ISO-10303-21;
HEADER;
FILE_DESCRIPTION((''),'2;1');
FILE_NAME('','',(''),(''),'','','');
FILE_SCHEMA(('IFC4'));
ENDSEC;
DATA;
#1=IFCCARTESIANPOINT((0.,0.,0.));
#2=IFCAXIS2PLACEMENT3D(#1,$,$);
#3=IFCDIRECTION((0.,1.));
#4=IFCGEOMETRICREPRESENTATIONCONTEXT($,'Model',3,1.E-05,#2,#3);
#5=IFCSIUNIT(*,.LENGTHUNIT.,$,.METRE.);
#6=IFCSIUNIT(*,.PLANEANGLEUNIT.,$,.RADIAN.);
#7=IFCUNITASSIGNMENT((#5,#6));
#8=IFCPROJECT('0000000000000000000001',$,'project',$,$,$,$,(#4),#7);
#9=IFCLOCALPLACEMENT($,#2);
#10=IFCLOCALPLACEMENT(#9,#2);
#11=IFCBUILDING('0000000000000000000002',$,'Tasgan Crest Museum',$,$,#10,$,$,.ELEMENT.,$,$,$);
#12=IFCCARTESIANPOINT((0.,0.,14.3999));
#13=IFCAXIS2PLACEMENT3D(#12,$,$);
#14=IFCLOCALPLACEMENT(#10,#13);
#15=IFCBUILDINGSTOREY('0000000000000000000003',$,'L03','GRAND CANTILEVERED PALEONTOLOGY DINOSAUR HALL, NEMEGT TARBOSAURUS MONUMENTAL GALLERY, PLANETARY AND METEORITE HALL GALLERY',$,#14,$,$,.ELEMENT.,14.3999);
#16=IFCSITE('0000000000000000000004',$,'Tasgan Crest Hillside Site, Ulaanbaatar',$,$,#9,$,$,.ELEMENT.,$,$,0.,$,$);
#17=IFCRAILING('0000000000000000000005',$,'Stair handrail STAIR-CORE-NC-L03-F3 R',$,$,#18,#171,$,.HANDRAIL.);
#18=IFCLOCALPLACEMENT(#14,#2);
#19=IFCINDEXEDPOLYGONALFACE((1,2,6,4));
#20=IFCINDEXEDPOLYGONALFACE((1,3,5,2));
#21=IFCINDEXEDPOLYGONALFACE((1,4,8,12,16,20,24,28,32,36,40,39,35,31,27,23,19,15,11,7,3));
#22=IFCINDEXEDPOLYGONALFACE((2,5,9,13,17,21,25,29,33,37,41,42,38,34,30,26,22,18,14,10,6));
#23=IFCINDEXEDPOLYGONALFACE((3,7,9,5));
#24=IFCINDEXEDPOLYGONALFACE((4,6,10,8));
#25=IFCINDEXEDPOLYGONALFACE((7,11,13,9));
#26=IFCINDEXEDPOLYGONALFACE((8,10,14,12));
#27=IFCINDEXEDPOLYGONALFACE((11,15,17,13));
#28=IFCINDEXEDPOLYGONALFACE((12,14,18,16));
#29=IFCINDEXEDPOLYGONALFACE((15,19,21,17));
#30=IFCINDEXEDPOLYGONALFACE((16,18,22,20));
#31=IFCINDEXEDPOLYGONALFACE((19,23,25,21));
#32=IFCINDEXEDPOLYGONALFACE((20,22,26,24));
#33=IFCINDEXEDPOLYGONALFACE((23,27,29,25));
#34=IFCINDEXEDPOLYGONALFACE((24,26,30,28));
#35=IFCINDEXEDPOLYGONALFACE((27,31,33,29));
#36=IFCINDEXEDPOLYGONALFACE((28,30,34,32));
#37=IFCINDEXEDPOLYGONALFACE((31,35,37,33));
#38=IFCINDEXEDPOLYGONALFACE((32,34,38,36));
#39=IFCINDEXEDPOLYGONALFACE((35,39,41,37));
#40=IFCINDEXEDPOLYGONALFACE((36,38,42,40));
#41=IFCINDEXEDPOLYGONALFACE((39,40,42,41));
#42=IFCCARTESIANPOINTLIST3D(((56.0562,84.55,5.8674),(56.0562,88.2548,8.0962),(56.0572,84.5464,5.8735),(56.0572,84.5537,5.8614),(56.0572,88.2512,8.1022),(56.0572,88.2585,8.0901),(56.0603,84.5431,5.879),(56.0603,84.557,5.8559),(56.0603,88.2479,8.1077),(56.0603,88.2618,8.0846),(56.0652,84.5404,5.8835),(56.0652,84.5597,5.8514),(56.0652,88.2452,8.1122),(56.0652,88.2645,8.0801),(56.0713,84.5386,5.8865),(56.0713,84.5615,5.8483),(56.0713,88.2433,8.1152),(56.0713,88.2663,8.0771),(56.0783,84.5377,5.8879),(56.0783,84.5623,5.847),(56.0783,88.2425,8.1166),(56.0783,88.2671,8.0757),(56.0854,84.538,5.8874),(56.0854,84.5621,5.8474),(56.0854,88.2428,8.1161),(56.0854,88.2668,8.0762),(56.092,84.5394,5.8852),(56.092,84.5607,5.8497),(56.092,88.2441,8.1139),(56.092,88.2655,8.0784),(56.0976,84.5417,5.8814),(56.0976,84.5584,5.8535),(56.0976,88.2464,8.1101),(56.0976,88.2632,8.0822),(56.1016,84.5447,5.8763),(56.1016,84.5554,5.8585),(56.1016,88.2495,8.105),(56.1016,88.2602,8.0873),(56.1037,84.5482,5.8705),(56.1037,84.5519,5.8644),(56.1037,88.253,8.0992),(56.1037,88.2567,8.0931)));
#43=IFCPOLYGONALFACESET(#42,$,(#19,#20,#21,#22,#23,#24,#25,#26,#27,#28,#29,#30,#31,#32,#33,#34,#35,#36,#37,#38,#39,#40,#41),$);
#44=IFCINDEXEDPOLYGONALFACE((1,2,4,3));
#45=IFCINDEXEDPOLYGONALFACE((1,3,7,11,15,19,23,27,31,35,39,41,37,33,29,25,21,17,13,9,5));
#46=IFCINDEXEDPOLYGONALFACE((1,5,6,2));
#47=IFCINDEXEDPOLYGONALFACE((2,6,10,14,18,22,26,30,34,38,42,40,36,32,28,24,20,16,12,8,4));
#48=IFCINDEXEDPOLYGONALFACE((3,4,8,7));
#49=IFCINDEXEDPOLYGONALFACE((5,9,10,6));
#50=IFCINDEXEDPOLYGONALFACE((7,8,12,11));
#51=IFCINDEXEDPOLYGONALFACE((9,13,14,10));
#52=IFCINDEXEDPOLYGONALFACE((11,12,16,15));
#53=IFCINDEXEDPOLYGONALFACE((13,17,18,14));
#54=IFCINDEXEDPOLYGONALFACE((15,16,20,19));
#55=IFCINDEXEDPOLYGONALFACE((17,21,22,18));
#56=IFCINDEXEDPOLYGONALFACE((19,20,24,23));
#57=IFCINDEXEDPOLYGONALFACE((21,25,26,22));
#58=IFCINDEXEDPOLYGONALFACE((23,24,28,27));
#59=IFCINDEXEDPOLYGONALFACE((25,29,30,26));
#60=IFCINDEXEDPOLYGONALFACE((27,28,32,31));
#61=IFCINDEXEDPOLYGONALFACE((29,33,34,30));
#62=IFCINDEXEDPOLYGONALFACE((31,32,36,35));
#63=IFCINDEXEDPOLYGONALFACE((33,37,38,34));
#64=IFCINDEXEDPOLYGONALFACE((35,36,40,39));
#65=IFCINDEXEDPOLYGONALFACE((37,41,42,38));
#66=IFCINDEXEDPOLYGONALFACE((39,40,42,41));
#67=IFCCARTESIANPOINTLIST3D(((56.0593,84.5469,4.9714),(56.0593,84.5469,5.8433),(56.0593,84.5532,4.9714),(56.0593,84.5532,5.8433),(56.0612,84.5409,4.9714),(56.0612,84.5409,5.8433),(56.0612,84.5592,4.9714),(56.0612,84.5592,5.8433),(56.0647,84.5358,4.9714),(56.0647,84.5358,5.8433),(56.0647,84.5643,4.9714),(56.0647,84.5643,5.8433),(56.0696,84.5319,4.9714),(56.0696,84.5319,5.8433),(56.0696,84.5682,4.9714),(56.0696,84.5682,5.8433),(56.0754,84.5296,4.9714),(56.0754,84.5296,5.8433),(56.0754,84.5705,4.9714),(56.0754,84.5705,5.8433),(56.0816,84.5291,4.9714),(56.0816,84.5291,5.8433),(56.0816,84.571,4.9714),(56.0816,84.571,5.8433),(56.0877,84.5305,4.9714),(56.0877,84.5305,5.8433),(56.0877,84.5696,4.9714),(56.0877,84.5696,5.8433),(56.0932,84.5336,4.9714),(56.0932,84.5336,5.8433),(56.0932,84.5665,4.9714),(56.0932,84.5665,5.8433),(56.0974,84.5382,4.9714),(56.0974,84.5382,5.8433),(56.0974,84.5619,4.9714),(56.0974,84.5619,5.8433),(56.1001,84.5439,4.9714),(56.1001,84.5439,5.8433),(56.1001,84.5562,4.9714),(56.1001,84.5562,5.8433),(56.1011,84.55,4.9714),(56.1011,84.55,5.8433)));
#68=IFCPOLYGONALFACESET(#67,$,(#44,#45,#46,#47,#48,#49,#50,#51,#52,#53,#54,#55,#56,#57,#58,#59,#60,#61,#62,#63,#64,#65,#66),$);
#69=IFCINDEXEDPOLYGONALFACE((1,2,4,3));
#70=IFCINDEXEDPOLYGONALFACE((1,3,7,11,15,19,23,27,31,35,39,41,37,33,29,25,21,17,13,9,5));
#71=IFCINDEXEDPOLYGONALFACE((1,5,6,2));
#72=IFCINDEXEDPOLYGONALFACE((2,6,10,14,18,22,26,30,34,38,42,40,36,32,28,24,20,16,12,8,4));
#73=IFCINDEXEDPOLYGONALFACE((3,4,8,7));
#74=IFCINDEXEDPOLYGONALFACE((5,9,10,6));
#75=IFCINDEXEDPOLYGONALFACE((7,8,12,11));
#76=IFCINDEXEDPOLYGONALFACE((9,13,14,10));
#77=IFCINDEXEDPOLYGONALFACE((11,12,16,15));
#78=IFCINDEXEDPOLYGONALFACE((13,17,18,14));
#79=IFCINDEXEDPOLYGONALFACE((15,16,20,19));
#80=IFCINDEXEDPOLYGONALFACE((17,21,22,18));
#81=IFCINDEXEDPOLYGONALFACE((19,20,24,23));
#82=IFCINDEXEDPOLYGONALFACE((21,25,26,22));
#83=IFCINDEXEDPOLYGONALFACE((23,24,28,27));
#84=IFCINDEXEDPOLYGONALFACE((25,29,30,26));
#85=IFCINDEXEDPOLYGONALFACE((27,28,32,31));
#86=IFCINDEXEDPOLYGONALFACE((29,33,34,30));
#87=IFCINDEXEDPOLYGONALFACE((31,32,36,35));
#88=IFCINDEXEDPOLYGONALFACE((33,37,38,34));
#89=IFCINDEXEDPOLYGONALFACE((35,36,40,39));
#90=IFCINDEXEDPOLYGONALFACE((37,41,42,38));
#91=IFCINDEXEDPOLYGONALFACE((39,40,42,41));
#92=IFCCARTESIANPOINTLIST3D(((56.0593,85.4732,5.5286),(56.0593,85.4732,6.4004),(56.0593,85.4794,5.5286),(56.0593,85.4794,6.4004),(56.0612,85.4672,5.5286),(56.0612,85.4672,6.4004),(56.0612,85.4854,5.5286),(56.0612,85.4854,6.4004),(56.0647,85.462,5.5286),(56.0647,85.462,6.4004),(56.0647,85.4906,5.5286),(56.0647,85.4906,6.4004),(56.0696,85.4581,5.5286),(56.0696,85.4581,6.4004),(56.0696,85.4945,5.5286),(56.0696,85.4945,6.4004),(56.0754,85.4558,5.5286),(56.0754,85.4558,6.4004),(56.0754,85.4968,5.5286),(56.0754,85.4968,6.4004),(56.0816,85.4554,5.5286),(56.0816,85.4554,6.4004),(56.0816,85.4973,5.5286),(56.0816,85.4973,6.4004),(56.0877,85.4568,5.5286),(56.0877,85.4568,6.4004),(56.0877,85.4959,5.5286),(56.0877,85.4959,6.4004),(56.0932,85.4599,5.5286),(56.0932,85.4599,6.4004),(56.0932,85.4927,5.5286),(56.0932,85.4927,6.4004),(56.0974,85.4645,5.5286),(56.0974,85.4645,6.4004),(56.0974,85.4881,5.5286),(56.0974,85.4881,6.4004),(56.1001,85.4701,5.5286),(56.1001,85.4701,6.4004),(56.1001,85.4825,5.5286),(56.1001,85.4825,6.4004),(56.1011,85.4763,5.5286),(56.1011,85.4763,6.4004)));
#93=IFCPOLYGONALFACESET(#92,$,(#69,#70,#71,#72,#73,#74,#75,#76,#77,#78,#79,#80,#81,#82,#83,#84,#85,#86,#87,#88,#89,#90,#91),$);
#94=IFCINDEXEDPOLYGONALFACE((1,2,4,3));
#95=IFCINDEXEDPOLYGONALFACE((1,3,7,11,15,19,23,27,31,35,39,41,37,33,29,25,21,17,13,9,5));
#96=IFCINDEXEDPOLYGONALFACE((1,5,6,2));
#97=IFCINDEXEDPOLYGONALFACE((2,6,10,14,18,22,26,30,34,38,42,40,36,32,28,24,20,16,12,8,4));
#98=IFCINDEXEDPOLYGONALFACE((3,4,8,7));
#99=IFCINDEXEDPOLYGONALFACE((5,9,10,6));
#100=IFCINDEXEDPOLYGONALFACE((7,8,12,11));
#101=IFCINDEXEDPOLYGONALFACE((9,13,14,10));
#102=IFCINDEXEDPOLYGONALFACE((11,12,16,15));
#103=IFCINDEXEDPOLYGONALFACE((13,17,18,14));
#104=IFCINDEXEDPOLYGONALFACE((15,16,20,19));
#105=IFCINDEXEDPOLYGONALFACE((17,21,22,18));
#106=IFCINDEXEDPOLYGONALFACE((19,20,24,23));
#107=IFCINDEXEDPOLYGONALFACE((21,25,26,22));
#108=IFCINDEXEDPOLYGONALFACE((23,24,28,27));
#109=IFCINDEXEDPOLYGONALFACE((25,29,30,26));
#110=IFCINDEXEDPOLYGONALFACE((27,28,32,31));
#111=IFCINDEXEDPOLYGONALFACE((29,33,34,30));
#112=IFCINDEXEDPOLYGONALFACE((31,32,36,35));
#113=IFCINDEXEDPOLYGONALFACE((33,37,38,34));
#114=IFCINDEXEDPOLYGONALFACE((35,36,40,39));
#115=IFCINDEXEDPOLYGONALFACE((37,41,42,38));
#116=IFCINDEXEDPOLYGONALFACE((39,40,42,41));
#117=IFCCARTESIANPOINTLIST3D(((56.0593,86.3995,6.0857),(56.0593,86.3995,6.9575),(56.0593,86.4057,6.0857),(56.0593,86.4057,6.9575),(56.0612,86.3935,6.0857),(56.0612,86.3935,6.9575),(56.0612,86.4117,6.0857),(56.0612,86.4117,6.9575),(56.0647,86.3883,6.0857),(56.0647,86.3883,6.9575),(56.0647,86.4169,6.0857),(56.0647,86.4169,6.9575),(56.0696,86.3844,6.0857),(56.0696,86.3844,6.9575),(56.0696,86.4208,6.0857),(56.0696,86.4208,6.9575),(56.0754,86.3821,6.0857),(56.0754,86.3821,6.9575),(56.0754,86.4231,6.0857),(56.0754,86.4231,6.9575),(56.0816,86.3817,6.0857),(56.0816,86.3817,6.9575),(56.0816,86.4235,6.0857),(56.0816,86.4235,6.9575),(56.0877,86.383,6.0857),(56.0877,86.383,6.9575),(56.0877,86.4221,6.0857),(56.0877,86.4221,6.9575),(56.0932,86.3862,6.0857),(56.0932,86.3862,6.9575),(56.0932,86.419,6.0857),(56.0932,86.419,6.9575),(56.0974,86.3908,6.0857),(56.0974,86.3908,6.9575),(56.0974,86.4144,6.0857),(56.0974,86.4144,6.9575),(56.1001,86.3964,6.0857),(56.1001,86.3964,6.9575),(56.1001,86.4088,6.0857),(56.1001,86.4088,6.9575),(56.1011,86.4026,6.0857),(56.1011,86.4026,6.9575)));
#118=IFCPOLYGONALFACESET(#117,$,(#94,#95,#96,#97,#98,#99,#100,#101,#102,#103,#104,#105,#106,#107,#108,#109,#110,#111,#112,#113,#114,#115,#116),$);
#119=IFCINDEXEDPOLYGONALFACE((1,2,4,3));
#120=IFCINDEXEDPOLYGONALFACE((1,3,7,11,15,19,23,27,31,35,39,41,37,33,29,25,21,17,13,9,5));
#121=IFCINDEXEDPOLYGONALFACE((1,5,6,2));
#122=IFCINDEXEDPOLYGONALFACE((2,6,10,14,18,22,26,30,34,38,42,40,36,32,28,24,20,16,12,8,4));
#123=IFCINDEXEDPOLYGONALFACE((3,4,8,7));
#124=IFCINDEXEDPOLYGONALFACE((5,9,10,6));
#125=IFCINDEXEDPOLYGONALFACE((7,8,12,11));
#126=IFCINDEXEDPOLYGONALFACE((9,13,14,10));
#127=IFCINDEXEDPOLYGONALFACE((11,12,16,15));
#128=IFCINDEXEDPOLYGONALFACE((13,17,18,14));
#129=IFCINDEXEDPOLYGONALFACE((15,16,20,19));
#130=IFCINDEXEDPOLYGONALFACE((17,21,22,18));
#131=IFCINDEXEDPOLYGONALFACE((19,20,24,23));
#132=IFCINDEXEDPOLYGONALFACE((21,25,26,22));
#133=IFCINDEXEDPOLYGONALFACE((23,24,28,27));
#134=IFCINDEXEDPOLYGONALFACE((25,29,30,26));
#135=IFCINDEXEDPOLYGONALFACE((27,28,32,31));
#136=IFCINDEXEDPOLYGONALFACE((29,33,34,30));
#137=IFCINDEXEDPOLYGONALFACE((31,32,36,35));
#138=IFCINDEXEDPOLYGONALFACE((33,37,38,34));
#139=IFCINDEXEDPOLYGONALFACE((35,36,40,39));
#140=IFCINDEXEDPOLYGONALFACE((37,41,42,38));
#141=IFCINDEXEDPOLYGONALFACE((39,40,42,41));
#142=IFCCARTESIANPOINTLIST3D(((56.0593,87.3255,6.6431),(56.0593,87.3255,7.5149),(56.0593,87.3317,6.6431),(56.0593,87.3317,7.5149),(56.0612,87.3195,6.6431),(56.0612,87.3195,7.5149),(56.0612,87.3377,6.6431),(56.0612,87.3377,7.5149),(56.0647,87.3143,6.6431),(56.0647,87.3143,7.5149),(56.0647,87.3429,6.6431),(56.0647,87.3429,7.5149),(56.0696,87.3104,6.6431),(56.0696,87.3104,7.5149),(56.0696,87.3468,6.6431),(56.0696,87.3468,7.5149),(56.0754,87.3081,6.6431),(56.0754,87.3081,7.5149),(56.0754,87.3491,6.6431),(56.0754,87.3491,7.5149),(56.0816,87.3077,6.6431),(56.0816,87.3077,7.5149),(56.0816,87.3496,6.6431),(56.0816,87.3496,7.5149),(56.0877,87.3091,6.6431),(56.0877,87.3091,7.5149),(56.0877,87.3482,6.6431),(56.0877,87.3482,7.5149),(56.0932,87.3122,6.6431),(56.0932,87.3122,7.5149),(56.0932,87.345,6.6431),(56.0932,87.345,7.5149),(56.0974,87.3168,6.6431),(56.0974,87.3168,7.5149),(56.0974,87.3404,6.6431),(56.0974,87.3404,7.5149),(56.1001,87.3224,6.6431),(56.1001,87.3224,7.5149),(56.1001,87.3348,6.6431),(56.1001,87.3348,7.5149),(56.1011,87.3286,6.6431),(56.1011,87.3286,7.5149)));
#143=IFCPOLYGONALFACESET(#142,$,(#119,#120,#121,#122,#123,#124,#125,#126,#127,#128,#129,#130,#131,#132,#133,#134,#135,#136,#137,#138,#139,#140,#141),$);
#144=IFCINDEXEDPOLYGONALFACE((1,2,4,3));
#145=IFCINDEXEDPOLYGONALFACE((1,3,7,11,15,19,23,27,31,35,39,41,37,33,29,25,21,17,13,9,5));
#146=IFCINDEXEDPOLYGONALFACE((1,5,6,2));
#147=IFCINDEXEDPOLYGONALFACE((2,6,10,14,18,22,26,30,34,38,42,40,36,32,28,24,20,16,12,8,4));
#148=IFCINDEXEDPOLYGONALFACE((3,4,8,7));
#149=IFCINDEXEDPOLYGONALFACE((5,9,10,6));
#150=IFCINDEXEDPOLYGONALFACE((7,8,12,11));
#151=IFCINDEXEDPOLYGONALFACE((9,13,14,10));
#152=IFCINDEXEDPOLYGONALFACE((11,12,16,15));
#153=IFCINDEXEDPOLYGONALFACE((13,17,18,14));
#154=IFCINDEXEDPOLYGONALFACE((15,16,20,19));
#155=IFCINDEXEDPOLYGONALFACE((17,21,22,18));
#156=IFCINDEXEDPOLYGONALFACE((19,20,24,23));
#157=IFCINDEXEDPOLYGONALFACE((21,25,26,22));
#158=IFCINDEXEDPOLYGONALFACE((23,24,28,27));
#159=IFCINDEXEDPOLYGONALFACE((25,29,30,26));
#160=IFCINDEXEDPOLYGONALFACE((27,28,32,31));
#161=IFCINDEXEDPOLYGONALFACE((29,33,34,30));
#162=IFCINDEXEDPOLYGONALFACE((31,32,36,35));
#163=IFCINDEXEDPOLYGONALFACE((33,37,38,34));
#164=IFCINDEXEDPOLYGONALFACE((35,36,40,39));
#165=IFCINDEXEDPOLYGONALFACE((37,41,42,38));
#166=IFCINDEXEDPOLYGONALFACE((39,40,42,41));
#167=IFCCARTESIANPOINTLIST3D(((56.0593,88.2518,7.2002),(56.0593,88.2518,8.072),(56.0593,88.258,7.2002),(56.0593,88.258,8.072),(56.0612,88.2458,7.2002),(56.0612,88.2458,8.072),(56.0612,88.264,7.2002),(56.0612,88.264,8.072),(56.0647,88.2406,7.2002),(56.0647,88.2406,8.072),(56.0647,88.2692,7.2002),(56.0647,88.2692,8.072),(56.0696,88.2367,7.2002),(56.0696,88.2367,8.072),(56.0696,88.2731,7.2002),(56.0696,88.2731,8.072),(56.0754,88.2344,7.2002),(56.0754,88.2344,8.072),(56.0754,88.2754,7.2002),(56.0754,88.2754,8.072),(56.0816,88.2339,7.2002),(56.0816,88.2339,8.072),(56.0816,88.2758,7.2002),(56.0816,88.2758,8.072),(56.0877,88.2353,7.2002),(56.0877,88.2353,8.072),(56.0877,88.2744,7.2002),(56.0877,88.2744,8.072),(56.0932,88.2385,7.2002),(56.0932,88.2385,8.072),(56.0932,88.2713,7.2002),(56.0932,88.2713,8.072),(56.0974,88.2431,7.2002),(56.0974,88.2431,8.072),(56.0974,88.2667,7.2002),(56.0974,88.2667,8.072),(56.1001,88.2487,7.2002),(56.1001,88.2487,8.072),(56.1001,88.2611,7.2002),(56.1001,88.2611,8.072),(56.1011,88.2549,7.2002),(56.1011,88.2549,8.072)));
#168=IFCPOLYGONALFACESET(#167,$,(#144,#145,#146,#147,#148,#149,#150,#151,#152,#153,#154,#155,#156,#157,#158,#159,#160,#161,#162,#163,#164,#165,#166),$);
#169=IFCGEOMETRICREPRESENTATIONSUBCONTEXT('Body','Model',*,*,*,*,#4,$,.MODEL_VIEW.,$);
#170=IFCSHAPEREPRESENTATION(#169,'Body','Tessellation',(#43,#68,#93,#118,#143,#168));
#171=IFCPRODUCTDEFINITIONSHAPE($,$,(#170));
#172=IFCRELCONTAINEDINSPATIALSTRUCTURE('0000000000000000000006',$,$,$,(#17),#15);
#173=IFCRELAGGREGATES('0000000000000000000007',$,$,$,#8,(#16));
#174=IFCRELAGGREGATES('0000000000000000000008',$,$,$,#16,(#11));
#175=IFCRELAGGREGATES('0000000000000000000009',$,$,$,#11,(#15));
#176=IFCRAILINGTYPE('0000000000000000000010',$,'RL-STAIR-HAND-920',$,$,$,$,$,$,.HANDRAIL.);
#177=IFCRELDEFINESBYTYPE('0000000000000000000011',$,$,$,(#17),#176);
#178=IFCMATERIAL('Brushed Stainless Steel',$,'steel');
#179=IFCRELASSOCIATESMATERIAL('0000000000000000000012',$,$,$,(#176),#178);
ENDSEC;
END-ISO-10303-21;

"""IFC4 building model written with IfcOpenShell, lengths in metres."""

from ifc_helpers import new_model, si_unit, direction, frame, origin, origin_2d, place, context, subcontext, project, spatial, circle, extrude, material, type_object, element, save


model = new_model("IFC4")

# Units and contexts
model_context = context("Model", 3, precision=1e-05, world=origin(), true_north=direction((0.0, 1.0)))
body_context = subcontext(model_context, "Body", "Model", "MODEL_VIEW")
ifc_project = project(units=[si_unit("LENGTHUNIT", "METRE"), si_unit("PLANEANGLEUNIT", "RADIAN")], contexts=[model_context])

# Site, building, storey
site_placement = place(None, origin())
site = spatial("IfcSite", under=ifc_project, at=site_placement, Name="Tasgan Crest Hillside Site, Ulaanbaatar", CompositionType="ELEMENT", RefElevation=0.0)
building_placement = place(site_placement, origin())
building = spatial("IfcBuilding", under=site, at=building_placement, Name="Tasgan Crest Museum", CompositionType="ELEMENT")
storey_placement = place(building_placement, frame((0.0, 0.0, 14.3999)))
storey = spatial("IfcBuildingStorey", under=building, at=storey_placement, Name="L03", Description="GRAND CANTILEVERED PALEONTOLOGY DINOSAUR HALL, NEMEGT TARBOSAURUS MONUMENTAL GALLERY, PLANETARY AND METEORITE HALL GALLERY", CompositionType="ELEMENT", Elevation=14.3999)

# Railing
ifc_material_1 = material(Name="Brushed Stainless Steel", Category="steel")
railing_type_1 = type_object("IfcRailingType", Name="RL-STAIR-HAND-920", PredefinedType="HANDRAIL", material=ifc_material_1)
for number, where, name in (
    (1, (56.0801, 84.55, 4.9714), "Stair handrail STAIR-CORE-NC-L03-F3 R"),
):
    element("IfcRailing", number, at=place(storey_placement, frame(where)), inside=storey, type_object=railing_type_1, Name=name, PredefinedType="HANDRAIL", context=body_context, shape_type="SweptSolid", body=[
        extrude(circle(Radius=0.0239, at=origin_2d()), frame((0.0, 0.0, 0.896), z_axis=(0.0, 0.856894, 0.515492), x_axis=(-1.0, 0.0, 0.0)), (0.0, 0.0, 1.0), 4.3235),
        extrude(circle(Radius=0.021, at=origin_2d()), origin(), (0.0, 0.0, 1.0), 0.8718),
        extrude(circle(Radius=0.021, at=origin_2d()), frame((0.0, 0.9263, 0.5571)), (0.0, 0.0, 1.0), 0.8718),
        extrude(circle(Radius=0.021, at=origin_2d()), frame((0.0, 1.8525, 1.1143)), (0.0, 0.0, 1.0), 0.8718),
        extrude(circle(Radius=0.021, at=origin_2d()), frame((0.0, 2.7786, 1.6716)), (0.0, 0.0, 1.0), 0.8718),
        extrude(circle(Radius=0.021, at=origin_2d()), frame((0.0, 3.7048, 2.2288)), (0.0, 0.0, 1.0), 0.8718),
    ])

save(model, "model.ifc")
